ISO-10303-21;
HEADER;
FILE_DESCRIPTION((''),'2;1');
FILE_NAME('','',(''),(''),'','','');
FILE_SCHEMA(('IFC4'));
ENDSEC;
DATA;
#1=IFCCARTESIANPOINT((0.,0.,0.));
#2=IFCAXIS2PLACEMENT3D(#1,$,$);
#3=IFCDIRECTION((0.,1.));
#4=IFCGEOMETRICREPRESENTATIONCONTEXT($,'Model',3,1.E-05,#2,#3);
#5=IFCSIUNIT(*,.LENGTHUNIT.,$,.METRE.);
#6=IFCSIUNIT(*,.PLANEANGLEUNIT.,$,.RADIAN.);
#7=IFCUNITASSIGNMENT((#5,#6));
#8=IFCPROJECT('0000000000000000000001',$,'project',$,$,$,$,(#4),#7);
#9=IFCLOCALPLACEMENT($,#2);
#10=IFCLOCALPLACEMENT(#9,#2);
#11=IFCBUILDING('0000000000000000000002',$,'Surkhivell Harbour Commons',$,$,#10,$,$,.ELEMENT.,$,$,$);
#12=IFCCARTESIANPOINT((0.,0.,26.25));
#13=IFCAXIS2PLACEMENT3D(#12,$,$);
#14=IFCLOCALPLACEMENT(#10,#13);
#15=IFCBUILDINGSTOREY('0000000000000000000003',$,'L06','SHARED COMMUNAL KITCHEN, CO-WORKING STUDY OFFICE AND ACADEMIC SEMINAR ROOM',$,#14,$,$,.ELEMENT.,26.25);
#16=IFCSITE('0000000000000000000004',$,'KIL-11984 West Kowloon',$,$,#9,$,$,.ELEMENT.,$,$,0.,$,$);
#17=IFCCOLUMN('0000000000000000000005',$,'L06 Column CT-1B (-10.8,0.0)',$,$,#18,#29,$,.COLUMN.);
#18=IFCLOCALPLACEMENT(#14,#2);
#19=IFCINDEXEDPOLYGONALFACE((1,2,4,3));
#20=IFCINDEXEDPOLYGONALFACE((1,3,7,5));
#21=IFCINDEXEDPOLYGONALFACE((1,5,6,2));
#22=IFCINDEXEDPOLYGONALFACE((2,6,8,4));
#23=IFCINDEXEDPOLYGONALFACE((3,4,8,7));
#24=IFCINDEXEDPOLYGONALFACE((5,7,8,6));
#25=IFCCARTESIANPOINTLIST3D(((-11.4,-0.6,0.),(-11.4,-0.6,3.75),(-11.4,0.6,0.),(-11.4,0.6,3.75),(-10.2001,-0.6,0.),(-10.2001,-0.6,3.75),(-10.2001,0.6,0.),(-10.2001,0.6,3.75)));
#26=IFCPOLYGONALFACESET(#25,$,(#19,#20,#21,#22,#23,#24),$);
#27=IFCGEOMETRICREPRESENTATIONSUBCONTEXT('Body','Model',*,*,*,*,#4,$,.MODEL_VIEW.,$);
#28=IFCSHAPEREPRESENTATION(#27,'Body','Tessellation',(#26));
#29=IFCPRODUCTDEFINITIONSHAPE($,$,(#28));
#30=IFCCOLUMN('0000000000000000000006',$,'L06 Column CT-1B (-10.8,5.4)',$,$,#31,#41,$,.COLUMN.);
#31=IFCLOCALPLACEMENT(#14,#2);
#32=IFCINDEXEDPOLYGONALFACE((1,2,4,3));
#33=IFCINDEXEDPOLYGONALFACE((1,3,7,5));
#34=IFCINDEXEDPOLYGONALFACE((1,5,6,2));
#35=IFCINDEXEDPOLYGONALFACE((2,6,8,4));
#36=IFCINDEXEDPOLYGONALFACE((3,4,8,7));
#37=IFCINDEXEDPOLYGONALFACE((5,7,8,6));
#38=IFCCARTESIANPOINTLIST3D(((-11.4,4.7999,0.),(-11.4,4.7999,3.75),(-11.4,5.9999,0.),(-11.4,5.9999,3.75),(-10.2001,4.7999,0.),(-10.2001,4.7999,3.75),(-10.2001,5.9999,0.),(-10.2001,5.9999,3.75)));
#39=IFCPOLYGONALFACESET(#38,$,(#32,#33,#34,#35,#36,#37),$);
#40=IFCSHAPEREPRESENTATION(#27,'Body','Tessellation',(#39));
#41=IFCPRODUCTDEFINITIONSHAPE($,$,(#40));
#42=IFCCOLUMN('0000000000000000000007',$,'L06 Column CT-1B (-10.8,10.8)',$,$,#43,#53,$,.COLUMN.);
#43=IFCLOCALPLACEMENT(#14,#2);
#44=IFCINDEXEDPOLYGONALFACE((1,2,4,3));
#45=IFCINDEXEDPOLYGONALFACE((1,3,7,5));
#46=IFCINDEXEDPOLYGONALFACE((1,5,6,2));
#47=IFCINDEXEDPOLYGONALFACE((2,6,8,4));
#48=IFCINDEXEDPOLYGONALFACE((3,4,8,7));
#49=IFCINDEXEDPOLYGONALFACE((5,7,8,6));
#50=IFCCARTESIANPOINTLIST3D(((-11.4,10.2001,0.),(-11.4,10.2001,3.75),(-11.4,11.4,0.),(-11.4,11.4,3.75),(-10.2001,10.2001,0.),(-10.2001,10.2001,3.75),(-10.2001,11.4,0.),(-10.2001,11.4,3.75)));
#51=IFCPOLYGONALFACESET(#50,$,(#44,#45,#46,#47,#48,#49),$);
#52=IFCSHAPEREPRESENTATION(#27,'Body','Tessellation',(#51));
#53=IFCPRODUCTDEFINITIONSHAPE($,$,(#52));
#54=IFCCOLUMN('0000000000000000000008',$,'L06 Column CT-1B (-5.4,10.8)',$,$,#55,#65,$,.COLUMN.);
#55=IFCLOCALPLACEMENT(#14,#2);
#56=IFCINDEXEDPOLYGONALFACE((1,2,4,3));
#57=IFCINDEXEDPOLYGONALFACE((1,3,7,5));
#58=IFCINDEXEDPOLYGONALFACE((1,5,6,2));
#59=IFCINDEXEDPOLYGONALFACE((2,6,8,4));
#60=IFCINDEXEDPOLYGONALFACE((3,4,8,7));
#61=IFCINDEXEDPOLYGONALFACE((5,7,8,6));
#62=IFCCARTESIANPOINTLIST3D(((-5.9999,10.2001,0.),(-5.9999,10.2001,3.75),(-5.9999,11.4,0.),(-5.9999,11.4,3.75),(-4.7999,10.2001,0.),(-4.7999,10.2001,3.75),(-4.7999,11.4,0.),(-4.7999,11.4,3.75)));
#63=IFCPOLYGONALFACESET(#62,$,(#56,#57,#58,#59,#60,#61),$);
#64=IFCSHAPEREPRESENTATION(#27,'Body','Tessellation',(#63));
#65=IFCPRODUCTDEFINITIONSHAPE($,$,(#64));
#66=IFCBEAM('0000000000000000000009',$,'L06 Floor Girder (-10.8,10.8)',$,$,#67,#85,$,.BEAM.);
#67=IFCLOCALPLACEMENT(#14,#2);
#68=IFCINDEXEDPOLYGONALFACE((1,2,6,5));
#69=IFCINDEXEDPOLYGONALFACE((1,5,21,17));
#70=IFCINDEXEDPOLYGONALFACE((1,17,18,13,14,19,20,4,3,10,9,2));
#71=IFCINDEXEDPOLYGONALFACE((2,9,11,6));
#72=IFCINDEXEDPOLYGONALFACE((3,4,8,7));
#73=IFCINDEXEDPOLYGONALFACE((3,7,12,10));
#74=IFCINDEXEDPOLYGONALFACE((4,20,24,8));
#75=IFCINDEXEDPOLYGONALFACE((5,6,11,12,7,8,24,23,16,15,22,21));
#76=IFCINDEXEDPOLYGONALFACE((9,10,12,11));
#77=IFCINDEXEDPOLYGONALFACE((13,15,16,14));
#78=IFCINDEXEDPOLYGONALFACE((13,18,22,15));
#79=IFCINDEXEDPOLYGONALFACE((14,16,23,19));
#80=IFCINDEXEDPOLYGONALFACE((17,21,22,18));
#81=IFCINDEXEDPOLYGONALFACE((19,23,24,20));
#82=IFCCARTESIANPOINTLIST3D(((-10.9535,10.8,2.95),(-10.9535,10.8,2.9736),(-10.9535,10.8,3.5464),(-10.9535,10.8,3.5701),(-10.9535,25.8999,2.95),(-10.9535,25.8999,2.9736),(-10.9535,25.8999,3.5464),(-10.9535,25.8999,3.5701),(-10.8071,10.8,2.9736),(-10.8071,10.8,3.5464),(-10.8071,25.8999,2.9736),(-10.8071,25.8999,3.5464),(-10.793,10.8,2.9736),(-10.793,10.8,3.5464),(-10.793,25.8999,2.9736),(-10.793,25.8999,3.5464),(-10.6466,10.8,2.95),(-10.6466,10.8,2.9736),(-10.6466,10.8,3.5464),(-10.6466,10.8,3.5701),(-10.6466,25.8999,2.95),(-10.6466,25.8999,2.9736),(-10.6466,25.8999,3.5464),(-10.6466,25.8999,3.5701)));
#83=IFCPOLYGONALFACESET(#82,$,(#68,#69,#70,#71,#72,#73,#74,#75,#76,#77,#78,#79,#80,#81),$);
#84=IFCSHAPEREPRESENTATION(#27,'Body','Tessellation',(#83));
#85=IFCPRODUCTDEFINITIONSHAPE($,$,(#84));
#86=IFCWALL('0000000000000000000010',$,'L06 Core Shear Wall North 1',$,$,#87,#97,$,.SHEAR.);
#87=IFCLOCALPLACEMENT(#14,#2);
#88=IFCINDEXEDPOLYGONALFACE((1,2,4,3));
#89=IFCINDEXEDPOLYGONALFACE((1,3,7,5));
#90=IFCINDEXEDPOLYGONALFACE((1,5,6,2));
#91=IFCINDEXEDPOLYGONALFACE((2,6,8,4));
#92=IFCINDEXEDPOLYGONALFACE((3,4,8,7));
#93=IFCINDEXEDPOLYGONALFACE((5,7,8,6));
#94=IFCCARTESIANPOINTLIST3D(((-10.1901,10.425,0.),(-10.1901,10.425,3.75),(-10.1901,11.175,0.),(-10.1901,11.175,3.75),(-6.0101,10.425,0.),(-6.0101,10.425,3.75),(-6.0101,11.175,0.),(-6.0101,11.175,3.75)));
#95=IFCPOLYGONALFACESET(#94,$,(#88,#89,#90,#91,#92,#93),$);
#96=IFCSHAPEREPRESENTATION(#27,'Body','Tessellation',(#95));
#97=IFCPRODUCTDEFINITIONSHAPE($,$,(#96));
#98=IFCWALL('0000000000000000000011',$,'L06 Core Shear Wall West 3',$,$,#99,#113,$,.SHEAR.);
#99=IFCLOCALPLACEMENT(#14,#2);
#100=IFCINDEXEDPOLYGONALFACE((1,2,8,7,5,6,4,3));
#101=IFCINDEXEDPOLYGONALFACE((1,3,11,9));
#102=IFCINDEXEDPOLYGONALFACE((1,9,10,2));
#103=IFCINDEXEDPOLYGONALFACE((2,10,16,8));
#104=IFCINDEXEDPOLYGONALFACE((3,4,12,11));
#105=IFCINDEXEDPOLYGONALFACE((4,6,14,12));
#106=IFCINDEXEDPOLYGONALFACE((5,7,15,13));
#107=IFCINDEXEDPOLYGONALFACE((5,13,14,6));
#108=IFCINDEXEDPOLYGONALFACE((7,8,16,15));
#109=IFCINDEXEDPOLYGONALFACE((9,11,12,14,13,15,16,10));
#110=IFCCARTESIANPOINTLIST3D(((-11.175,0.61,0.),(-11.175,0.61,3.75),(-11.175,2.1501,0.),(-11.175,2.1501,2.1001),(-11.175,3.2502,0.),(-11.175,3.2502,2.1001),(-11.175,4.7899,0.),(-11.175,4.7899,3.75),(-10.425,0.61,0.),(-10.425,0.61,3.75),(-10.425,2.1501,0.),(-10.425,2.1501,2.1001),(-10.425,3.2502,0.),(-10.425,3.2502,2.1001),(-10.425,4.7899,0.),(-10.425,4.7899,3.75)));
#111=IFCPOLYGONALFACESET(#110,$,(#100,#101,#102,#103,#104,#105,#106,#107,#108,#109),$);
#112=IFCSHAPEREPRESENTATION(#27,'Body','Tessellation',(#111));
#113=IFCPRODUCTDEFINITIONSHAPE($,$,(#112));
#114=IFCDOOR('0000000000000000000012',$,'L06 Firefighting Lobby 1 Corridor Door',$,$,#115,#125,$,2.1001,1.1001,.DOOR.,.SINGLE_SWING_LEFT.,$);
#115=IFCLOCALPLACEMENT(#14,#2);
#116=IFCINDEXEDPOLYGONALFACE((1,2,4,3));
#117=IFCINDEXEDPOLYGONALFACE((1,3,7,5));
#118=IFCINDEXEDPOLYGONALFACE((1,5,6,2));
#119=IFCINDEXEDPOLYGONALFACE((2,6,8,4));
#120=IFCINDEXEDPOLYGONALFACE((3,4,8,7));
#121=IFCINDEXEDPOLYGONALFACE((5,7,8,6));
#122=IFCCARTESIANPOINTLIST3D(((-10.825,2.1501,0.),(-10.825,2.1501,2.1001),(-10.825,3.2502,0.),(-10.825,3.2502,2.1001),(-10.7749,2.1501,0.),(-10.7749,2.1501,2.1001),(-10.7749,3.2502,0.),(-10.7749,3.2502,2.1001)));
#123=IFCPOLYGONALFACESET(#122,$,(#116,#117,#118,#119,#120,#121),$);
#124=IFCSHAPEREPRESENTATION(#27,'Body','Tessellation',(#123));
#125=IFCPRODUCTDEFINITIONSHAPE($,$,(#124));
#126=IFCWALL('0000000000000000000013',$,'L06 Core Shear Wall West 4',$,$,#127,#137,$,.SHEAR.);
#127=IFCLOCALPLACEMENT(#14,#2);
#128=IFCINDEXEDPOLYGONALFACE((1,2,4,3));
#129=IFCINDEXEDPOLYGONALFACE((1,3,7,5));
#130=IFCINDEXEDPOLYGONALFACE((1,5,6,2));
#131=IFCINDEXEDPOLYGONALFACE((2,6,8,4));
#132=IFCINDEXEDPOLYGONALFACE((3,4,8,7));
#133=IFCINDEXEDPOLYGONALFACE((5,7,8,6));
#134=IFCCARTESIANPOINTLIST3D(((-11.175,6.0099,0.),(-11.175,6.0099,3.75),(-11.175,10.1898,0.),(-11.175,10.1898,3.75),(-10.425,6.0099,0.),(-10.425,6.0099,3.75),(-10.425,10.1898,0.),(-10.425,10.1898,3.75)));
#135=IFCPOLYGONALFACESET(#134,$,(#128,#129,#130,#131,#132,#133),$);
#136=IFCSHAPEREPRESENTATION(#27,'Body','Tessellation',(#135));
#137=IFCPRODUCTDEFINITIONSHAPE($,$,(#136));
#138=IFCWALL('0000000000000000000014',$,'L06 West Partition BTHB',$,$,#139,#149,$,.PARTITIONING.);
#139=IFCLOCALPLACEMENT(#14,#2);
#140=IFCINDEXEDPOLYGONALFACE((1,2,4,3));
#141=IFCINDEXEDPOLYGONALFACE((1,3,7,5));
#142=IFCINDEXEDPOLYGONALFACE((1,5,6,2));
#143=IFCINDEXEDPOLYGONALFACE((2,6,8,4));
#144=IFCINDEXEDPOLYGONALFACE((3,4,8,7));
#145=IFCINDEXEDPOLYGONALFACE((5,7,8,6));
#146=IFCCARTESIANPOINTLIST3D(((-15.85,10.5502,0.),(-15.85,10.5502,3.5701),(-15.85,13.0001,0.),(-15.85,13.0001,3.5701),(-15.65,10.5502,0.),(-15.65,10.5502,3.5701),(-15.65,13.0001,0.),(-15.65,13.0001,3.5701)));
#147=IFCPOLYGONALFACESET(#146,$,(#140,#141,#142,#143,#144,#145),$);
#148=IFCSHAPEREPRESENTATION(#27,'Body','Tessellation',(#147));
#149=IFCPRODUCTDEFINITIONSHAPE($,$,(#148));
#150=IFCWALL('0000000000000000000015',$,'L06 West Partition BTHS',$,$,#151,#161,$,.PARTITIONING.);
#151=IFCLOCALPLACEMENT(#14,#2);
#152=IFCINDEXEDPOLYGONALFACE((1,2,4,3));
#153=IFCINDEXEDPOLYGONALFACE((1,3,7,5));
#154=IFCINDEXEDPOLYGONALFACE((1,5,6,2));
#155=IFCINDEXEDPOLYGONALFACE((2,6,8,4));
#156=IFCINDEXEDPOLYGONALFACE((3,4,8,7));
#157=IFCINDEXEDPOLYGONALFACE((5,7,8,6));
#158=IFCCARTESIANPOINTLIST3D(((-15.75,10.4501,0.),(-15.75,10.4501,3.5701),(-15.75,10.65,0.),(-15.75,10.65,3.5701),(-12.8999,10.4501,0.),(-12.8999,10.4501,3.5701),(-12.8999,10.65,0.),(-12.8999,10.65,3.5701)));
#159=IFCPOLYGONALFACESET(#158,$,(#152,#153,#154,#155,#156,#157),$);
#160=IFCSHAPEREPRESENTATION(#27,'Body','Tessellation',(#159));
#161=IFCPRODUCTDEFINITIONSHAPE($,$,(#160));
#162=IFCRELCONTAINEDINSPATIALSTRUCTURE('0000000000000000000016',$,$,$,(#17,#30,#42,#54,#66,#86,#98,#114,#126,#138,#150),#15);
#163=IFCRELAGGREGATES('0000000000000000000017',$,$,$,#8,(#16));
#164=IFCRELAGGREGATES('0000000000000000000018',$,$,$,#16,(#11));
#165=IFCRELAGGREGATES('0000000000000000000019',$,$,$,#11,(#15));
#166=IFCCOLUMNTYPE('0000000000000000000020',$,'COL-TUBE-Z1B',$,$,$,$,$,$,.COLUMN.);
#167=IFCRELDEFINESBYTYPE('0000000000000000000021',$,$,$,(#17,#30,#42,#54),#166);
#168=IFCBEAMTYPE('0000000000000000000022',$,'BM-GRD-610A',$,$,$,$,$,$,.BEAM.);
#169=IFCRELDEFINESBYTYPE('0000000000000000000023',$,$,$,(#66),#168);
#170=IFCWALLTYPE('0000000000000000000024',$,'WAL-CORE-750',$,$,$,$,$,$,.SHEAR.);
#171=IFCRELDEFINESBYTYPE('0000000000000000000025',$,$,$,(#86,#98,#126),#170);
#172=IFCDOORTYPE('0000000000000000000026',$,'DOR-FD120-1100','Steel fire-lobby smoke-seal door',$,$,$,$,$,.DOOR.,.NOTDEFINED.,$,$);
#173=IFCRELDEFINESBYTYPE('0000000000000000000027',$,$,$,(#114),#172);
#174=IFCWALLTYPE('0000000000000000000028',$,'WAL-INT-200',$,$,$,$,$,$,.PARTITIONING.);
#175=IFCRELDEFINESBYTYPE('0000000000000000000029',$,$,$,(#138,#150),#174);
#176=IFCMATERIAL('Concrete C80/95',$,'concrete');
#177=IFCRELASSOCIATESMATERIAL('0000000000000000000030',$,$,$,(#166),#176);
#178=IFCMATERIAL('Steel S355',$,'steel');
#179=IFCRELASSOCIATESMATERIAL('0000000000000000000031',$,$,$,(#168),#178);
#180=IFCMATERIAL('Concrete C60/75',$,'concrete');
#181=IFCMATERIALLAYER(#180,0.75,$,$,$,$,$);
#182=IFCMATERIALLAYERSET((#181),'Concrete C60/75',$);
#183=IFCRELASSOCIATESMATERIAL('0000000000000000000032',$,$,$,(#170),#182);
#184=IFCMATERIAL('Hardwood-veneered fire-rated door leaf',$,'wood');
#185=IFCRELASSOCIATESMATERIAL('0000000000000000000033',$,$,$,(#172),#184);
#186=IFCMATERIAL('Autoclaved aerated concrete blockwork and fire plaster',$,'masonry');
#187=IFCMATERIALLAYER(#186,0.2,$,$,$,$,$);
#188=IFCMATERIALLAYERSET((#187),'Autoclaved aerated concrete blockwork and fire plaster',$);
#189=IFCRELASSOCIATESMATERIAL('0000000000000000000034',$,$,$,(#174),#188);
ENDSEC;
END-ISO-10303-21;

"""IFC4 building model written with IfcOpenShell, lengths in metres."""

from ifc_helpers import new_model, si_unit, direction, frame, frame_2d, origin, origin_2d, place, context, subcontext, project, spatial, rectangle, i_section, extrude, material, layer, layer_set, material_profile, profile_set, type_object, element, fill, save


model = new_model("IFC4")

# Units and contexts
model_context = context("Model", 3, precision=1e-05, world=origin(), true_north=direction((0.0, 1.0)))
body_context = subcontext(model_context, "Body", "Model", "MODEL_VIEW")
ifc_project = project(units=[si_unit("LENGTHUNIT", "METRE"), si_unit("PLANEANGLEUNIT", "RADIAN")], contexts=[model_context])

# Site, building, storey
site_placement = place(None, origin())
site = spatial("IfcSite", under=ifc_project, at=site_placement, Name="KIL-11984 West Kowloon", CompositionType="ELEMENT", RefElevation=0.0)
building_placement = place(site_placement, origin())
building = spatial("IfcBuilding", under=site, at=building_placement, Name="Surkhivell Harbour Commons", CompositionType="ELEMENT")
storey_placement = place(building_placement, frame((0.0, 0.0, 26.25)))
storey = spatial("IfcBuildingStorey", under=building, at=storey_placement, Name="L06", Description="SHARED COMMUNAL KITCHEN, CO-WORKING STUDY OFFICE AND ACADEMIC SEMINAR ROOM", CompositionType="ELEMENT", Elevation=26.25)

# Columns
ifc_material_1 = material(Name="Concrete C80/95", Category="concrete")
ifc_material_profile_1 = material_profile(ifc_material_1, rectangle(XDim=1.2, YDim=1.2, at=origin_2d()), Name="RC-COL-1200x1200")
ifc_profile_set_1 = profile_set([ifc_material_profile_1], Name="Concrete C80/95")
column_type = type_object("IfcColumnType", Name="COL-TUBE-Z1B", PredefinedType="COLUMN", material=ifc_profile_set_1)
for number, where, z_axis, x_axis, name in (
    (1, (-10.8, 0.0, 0.0), (0.0, 0.0, 1.0), (1.0, 0.0, 0.0), "L06 Column CT-1B (-10.8,0.0)"),
    (2, (-10.8, 5.3999, 0.0), (0.0, 0.0, 1.0), (1.0, 0.0, 0.0), "L06 Column CT-1B (-10.8,5.4)"),
    (3, (-10.8, 10.8, 0.0), (0.0, 0.0, 1.0), (1.0, 0.0, 0.0), "L06 Column CT-1B (-10.8,10.8)"),
    (4, (-5.3999, 10.8, 0.0), (0.0, 0.0, 1.0), (1.0, 0.0, 0.0), "L06 Column CT-1B (-5.4,10.8)"),
):
    element("IfcColumn", number, at=place(storey_placement, frame(where, z_axis=z_axis, x_axis=x_axis)), inside=storey, type_object=column_type, Name=name, PredefinedType="COLUMN", context=body_context, shape_type="SweptSolid", body=[
        extrude(rectangle(XDim=1.2, YDim=1.2, at=origin_2d()), origin(), (0.0, 0.0, 1.0), 3.75),
    ])

# Beam
ifc_material_2 = material(Name="Steel S355", Category="steel")
ifc_material_profile_2 = material_profile(ifc_material_2, i_section(OverallWidth=0.3069, OverallDepth=0.6201, WebThickness=0.0142, FlangeThickness=0.0237, at=origin_2d()), Name="UB610x305x179")
ifc_profile_set_2 = profile_set([ifc_material_profile_2], Name="Steel S355")
beam_type = type_object("IfcBeamType", Name="BM-GRD-610A", PredefinedType="BEAM", material=ifc_profile_set_2)
beam_placement = place(storey_placement, frame((-10.8, 10.8, 3.26), z_axis=(0.0, 1.0, 0.0), x_axis=(-1.0, 0.0, 0.0)))
element("IfcBeam", 5, at=beam_placement, inside=storey, type_object=beam_type, Name="L06 Floor Girder (-10.8,10.8)", PredefinedType="BEAM", context=body_context, shape_type="SweptSolid", body=[
    extrude(i_section(OverallWidth=0.3069, OverallDepth=0.6201, WebThickness=0.0142, FlangeThickness=0.0237, at=origin_2d()), origin(), (0.0, 0.0, 1.0), 15.0999),
])

# Wall
ifc_material_3 = material(Name="Concrete C60/75", Category="concrete")
ifc_layer_1 = layer(ifc_material_3, 0.75)
ifc_layer_set_1 = layer_set([ifc_layer_1], Name="Concrete C60/75")
wall_type_1 = type_object("IfcWallType", Name="WAL-CORE-750", PredefinedType="SHEAR", material=ifc_layer_set_1)
wall_1_placement = place(storey_placement, frame((-10.1899, 10.8, 0.0), z_axis=(0.0, 0.0, 1.0), x_axis=(1.0, 0.0, 0.0)))
element("IfcWall", 6, at=wall_1_placement, inside=storey, type_object=wall_type_1, Name="L06 Core Shear Wall North 1", PredefinedType="SHEAR", context=body_context, shape_type="SweptSolid", body=[
    extrude(rectangle(XDim=4.1799, YDim=0.75, at=frame_2d((2.0898, 0.0))), origin(), (0.0, 0.0, 1.0), 3.75),
])

# Wall, opening, door
wall_2_placement = place(storey_placement, frame((-10.8, 0.6101, 0.0), z_axis=(0.0, 0.0, 1.0), x_axis=(0.0, 1.0, 0.0)))
wall_2 = element("IfcWall", 7, at=wall_2_placement, inside=storey, type_object=wall_type_1, Name="L06 Core Shear Wall West 3", PredefinedType="SHEAR", context=body_context, shape_type="SweptSolid", body=[
    extrude(rectangle(XDim=4.1799, YDim=0.75, at=frame_2d((2.0898, 0.0))), origin(), (0.0, 0.0, 1.0), 3.75),
])
opening_1_placement = place(wall_2_placement, frame((1.54, 0.0, 0.0)))
opening_1 = element("IfcOpeningElement", 8, at=opening_1_placement, cuts=wall_2, PredefinedType="OPENING", context=body_context, shape_type="SweptSolid", body=[
    extrude(rectangle(XDim=1.1001, YDim=2.1001, at=frame_2d((0.55, 1.05))), frame((0.0, 0.385, 0.0), z_axis=(0.0, -1.0, 0.0), x_axis=(1.0, 0.0, 0.0)), (0.0, 0.0, 1.0), 0.77),
])
ifc_material_4 = material(Name="Hardwood-veneered fire-rated door leaf", Category="wood")
door_type_1 = type_object("IfcDoorType", Name="DOR-FD120-1100", Description="Steel fire-lobby smoke-seal door", OperationType="NOTDEFINED", PredefinedType="DOOR", material=ifc_material_4)
door_1_placement = place(opening_1_placement, origin())
door_1 = element("IfcDoor", 9, at=door_1_placement, inside=storey, type_object=door_type_1, Name="L06 Firefighting Lobby 1 Corridor Door", OperationType="SINGLE_SWING_LEFT", OverallHeight=2.1001, OverallWidth=1.1001, PredefinedType="DOOR", context=body_context, shape_type="SweptSolid", body=[
    extrude(rectangle(XDim=1.1001, YDim=2.1001, at=frame_2d((0.55, 1.05))), frame((0.0, 0.0249, 0.0), z_axis=(0.0, -1.0, 0.0), x_axis=(1.0, 0.0, 0.0)), (0.0, 0.0, 1.0), 0.05),
])
fill(opening_1, door_1)

# Walls
wall_3_placement = place(storey_placement, frame((-10.8, 6.01, 0.0), z_axis=(0.0, 0.0, 1.0), x_axis=(0.0, 1.0, 0.0)))
element("IfcWall", 10, at=wall_3_placement, inside=storey, type_object=wall_type_1, Name="L06 Core Shear Wall West 4", PredefinedType="SHEAR", context=body_context, shape_type="SweptSolid", body=[
    extrude(rectangle(XDim=4.1799, YDim=0.75, at=frame_2d((2.0898, 0.0))), origin(), (0.0, 0.0, 1.0), 3.75),
])
ifc_material_5 = material(Name="Autoclaved aerated concrete blockwork and fire plaster", Category="masonry")
ifc_layer_2 = layer(ifc_material_5, 0.2)
ifc_layer_set_2 = layer_set([ifc_layer_2], Name="Autoclaved aerated concrete blockwork and fire plaster")
wall_type_2 = type_object("IfcWallType", Name="WAL-INT-200", PredefinedType="PARTITIONING", material=ifc_layer_set_2)
wall_4_placement = place(storey_placement, frame((-15.75, 10.55, 0.0), z_axis=(0.0, 0.0, 1.0), x_axis=(0.0, 1.0, 0.0)))
element("IfcWall", 11, at=wall_4_placement, inside=storey, type_object=wall_type_2, Name="L06 West Partition BTHB", PredefinedType="PARTITIONING", context=body_context, shape_type="SweptSolid", body=[
    extrude(rectangle(XDim=2.45, YDim=0.2, at=frame_2d((1.2251, 0.0))), origin(), (0.0, 0.0, 1.0), 3.5701),
])
wall_5_placement = place(storey_placement, frame((-15.75, 10.55, 0.0), z_axis=(0.0, 0.0, 1.0), x_axis=(1.0, 0.0, 0.0)))
element("IfcWall", 12, at=wall_5_placement, inside=storey, type_object=wall_type_2, Name="L06 West Partition BTHS", PredefinedType="PARTITIONING", context=body_context, shape_type="SweptSolid", body=[
    extrude(rectangle(XDim=2.8501, YDim=0.2, at=frame_2d((1.425, 0.0))), origin(), (0.0, 0.0, 1.0), 3.5701),
])

save(model, "model.ifc")
